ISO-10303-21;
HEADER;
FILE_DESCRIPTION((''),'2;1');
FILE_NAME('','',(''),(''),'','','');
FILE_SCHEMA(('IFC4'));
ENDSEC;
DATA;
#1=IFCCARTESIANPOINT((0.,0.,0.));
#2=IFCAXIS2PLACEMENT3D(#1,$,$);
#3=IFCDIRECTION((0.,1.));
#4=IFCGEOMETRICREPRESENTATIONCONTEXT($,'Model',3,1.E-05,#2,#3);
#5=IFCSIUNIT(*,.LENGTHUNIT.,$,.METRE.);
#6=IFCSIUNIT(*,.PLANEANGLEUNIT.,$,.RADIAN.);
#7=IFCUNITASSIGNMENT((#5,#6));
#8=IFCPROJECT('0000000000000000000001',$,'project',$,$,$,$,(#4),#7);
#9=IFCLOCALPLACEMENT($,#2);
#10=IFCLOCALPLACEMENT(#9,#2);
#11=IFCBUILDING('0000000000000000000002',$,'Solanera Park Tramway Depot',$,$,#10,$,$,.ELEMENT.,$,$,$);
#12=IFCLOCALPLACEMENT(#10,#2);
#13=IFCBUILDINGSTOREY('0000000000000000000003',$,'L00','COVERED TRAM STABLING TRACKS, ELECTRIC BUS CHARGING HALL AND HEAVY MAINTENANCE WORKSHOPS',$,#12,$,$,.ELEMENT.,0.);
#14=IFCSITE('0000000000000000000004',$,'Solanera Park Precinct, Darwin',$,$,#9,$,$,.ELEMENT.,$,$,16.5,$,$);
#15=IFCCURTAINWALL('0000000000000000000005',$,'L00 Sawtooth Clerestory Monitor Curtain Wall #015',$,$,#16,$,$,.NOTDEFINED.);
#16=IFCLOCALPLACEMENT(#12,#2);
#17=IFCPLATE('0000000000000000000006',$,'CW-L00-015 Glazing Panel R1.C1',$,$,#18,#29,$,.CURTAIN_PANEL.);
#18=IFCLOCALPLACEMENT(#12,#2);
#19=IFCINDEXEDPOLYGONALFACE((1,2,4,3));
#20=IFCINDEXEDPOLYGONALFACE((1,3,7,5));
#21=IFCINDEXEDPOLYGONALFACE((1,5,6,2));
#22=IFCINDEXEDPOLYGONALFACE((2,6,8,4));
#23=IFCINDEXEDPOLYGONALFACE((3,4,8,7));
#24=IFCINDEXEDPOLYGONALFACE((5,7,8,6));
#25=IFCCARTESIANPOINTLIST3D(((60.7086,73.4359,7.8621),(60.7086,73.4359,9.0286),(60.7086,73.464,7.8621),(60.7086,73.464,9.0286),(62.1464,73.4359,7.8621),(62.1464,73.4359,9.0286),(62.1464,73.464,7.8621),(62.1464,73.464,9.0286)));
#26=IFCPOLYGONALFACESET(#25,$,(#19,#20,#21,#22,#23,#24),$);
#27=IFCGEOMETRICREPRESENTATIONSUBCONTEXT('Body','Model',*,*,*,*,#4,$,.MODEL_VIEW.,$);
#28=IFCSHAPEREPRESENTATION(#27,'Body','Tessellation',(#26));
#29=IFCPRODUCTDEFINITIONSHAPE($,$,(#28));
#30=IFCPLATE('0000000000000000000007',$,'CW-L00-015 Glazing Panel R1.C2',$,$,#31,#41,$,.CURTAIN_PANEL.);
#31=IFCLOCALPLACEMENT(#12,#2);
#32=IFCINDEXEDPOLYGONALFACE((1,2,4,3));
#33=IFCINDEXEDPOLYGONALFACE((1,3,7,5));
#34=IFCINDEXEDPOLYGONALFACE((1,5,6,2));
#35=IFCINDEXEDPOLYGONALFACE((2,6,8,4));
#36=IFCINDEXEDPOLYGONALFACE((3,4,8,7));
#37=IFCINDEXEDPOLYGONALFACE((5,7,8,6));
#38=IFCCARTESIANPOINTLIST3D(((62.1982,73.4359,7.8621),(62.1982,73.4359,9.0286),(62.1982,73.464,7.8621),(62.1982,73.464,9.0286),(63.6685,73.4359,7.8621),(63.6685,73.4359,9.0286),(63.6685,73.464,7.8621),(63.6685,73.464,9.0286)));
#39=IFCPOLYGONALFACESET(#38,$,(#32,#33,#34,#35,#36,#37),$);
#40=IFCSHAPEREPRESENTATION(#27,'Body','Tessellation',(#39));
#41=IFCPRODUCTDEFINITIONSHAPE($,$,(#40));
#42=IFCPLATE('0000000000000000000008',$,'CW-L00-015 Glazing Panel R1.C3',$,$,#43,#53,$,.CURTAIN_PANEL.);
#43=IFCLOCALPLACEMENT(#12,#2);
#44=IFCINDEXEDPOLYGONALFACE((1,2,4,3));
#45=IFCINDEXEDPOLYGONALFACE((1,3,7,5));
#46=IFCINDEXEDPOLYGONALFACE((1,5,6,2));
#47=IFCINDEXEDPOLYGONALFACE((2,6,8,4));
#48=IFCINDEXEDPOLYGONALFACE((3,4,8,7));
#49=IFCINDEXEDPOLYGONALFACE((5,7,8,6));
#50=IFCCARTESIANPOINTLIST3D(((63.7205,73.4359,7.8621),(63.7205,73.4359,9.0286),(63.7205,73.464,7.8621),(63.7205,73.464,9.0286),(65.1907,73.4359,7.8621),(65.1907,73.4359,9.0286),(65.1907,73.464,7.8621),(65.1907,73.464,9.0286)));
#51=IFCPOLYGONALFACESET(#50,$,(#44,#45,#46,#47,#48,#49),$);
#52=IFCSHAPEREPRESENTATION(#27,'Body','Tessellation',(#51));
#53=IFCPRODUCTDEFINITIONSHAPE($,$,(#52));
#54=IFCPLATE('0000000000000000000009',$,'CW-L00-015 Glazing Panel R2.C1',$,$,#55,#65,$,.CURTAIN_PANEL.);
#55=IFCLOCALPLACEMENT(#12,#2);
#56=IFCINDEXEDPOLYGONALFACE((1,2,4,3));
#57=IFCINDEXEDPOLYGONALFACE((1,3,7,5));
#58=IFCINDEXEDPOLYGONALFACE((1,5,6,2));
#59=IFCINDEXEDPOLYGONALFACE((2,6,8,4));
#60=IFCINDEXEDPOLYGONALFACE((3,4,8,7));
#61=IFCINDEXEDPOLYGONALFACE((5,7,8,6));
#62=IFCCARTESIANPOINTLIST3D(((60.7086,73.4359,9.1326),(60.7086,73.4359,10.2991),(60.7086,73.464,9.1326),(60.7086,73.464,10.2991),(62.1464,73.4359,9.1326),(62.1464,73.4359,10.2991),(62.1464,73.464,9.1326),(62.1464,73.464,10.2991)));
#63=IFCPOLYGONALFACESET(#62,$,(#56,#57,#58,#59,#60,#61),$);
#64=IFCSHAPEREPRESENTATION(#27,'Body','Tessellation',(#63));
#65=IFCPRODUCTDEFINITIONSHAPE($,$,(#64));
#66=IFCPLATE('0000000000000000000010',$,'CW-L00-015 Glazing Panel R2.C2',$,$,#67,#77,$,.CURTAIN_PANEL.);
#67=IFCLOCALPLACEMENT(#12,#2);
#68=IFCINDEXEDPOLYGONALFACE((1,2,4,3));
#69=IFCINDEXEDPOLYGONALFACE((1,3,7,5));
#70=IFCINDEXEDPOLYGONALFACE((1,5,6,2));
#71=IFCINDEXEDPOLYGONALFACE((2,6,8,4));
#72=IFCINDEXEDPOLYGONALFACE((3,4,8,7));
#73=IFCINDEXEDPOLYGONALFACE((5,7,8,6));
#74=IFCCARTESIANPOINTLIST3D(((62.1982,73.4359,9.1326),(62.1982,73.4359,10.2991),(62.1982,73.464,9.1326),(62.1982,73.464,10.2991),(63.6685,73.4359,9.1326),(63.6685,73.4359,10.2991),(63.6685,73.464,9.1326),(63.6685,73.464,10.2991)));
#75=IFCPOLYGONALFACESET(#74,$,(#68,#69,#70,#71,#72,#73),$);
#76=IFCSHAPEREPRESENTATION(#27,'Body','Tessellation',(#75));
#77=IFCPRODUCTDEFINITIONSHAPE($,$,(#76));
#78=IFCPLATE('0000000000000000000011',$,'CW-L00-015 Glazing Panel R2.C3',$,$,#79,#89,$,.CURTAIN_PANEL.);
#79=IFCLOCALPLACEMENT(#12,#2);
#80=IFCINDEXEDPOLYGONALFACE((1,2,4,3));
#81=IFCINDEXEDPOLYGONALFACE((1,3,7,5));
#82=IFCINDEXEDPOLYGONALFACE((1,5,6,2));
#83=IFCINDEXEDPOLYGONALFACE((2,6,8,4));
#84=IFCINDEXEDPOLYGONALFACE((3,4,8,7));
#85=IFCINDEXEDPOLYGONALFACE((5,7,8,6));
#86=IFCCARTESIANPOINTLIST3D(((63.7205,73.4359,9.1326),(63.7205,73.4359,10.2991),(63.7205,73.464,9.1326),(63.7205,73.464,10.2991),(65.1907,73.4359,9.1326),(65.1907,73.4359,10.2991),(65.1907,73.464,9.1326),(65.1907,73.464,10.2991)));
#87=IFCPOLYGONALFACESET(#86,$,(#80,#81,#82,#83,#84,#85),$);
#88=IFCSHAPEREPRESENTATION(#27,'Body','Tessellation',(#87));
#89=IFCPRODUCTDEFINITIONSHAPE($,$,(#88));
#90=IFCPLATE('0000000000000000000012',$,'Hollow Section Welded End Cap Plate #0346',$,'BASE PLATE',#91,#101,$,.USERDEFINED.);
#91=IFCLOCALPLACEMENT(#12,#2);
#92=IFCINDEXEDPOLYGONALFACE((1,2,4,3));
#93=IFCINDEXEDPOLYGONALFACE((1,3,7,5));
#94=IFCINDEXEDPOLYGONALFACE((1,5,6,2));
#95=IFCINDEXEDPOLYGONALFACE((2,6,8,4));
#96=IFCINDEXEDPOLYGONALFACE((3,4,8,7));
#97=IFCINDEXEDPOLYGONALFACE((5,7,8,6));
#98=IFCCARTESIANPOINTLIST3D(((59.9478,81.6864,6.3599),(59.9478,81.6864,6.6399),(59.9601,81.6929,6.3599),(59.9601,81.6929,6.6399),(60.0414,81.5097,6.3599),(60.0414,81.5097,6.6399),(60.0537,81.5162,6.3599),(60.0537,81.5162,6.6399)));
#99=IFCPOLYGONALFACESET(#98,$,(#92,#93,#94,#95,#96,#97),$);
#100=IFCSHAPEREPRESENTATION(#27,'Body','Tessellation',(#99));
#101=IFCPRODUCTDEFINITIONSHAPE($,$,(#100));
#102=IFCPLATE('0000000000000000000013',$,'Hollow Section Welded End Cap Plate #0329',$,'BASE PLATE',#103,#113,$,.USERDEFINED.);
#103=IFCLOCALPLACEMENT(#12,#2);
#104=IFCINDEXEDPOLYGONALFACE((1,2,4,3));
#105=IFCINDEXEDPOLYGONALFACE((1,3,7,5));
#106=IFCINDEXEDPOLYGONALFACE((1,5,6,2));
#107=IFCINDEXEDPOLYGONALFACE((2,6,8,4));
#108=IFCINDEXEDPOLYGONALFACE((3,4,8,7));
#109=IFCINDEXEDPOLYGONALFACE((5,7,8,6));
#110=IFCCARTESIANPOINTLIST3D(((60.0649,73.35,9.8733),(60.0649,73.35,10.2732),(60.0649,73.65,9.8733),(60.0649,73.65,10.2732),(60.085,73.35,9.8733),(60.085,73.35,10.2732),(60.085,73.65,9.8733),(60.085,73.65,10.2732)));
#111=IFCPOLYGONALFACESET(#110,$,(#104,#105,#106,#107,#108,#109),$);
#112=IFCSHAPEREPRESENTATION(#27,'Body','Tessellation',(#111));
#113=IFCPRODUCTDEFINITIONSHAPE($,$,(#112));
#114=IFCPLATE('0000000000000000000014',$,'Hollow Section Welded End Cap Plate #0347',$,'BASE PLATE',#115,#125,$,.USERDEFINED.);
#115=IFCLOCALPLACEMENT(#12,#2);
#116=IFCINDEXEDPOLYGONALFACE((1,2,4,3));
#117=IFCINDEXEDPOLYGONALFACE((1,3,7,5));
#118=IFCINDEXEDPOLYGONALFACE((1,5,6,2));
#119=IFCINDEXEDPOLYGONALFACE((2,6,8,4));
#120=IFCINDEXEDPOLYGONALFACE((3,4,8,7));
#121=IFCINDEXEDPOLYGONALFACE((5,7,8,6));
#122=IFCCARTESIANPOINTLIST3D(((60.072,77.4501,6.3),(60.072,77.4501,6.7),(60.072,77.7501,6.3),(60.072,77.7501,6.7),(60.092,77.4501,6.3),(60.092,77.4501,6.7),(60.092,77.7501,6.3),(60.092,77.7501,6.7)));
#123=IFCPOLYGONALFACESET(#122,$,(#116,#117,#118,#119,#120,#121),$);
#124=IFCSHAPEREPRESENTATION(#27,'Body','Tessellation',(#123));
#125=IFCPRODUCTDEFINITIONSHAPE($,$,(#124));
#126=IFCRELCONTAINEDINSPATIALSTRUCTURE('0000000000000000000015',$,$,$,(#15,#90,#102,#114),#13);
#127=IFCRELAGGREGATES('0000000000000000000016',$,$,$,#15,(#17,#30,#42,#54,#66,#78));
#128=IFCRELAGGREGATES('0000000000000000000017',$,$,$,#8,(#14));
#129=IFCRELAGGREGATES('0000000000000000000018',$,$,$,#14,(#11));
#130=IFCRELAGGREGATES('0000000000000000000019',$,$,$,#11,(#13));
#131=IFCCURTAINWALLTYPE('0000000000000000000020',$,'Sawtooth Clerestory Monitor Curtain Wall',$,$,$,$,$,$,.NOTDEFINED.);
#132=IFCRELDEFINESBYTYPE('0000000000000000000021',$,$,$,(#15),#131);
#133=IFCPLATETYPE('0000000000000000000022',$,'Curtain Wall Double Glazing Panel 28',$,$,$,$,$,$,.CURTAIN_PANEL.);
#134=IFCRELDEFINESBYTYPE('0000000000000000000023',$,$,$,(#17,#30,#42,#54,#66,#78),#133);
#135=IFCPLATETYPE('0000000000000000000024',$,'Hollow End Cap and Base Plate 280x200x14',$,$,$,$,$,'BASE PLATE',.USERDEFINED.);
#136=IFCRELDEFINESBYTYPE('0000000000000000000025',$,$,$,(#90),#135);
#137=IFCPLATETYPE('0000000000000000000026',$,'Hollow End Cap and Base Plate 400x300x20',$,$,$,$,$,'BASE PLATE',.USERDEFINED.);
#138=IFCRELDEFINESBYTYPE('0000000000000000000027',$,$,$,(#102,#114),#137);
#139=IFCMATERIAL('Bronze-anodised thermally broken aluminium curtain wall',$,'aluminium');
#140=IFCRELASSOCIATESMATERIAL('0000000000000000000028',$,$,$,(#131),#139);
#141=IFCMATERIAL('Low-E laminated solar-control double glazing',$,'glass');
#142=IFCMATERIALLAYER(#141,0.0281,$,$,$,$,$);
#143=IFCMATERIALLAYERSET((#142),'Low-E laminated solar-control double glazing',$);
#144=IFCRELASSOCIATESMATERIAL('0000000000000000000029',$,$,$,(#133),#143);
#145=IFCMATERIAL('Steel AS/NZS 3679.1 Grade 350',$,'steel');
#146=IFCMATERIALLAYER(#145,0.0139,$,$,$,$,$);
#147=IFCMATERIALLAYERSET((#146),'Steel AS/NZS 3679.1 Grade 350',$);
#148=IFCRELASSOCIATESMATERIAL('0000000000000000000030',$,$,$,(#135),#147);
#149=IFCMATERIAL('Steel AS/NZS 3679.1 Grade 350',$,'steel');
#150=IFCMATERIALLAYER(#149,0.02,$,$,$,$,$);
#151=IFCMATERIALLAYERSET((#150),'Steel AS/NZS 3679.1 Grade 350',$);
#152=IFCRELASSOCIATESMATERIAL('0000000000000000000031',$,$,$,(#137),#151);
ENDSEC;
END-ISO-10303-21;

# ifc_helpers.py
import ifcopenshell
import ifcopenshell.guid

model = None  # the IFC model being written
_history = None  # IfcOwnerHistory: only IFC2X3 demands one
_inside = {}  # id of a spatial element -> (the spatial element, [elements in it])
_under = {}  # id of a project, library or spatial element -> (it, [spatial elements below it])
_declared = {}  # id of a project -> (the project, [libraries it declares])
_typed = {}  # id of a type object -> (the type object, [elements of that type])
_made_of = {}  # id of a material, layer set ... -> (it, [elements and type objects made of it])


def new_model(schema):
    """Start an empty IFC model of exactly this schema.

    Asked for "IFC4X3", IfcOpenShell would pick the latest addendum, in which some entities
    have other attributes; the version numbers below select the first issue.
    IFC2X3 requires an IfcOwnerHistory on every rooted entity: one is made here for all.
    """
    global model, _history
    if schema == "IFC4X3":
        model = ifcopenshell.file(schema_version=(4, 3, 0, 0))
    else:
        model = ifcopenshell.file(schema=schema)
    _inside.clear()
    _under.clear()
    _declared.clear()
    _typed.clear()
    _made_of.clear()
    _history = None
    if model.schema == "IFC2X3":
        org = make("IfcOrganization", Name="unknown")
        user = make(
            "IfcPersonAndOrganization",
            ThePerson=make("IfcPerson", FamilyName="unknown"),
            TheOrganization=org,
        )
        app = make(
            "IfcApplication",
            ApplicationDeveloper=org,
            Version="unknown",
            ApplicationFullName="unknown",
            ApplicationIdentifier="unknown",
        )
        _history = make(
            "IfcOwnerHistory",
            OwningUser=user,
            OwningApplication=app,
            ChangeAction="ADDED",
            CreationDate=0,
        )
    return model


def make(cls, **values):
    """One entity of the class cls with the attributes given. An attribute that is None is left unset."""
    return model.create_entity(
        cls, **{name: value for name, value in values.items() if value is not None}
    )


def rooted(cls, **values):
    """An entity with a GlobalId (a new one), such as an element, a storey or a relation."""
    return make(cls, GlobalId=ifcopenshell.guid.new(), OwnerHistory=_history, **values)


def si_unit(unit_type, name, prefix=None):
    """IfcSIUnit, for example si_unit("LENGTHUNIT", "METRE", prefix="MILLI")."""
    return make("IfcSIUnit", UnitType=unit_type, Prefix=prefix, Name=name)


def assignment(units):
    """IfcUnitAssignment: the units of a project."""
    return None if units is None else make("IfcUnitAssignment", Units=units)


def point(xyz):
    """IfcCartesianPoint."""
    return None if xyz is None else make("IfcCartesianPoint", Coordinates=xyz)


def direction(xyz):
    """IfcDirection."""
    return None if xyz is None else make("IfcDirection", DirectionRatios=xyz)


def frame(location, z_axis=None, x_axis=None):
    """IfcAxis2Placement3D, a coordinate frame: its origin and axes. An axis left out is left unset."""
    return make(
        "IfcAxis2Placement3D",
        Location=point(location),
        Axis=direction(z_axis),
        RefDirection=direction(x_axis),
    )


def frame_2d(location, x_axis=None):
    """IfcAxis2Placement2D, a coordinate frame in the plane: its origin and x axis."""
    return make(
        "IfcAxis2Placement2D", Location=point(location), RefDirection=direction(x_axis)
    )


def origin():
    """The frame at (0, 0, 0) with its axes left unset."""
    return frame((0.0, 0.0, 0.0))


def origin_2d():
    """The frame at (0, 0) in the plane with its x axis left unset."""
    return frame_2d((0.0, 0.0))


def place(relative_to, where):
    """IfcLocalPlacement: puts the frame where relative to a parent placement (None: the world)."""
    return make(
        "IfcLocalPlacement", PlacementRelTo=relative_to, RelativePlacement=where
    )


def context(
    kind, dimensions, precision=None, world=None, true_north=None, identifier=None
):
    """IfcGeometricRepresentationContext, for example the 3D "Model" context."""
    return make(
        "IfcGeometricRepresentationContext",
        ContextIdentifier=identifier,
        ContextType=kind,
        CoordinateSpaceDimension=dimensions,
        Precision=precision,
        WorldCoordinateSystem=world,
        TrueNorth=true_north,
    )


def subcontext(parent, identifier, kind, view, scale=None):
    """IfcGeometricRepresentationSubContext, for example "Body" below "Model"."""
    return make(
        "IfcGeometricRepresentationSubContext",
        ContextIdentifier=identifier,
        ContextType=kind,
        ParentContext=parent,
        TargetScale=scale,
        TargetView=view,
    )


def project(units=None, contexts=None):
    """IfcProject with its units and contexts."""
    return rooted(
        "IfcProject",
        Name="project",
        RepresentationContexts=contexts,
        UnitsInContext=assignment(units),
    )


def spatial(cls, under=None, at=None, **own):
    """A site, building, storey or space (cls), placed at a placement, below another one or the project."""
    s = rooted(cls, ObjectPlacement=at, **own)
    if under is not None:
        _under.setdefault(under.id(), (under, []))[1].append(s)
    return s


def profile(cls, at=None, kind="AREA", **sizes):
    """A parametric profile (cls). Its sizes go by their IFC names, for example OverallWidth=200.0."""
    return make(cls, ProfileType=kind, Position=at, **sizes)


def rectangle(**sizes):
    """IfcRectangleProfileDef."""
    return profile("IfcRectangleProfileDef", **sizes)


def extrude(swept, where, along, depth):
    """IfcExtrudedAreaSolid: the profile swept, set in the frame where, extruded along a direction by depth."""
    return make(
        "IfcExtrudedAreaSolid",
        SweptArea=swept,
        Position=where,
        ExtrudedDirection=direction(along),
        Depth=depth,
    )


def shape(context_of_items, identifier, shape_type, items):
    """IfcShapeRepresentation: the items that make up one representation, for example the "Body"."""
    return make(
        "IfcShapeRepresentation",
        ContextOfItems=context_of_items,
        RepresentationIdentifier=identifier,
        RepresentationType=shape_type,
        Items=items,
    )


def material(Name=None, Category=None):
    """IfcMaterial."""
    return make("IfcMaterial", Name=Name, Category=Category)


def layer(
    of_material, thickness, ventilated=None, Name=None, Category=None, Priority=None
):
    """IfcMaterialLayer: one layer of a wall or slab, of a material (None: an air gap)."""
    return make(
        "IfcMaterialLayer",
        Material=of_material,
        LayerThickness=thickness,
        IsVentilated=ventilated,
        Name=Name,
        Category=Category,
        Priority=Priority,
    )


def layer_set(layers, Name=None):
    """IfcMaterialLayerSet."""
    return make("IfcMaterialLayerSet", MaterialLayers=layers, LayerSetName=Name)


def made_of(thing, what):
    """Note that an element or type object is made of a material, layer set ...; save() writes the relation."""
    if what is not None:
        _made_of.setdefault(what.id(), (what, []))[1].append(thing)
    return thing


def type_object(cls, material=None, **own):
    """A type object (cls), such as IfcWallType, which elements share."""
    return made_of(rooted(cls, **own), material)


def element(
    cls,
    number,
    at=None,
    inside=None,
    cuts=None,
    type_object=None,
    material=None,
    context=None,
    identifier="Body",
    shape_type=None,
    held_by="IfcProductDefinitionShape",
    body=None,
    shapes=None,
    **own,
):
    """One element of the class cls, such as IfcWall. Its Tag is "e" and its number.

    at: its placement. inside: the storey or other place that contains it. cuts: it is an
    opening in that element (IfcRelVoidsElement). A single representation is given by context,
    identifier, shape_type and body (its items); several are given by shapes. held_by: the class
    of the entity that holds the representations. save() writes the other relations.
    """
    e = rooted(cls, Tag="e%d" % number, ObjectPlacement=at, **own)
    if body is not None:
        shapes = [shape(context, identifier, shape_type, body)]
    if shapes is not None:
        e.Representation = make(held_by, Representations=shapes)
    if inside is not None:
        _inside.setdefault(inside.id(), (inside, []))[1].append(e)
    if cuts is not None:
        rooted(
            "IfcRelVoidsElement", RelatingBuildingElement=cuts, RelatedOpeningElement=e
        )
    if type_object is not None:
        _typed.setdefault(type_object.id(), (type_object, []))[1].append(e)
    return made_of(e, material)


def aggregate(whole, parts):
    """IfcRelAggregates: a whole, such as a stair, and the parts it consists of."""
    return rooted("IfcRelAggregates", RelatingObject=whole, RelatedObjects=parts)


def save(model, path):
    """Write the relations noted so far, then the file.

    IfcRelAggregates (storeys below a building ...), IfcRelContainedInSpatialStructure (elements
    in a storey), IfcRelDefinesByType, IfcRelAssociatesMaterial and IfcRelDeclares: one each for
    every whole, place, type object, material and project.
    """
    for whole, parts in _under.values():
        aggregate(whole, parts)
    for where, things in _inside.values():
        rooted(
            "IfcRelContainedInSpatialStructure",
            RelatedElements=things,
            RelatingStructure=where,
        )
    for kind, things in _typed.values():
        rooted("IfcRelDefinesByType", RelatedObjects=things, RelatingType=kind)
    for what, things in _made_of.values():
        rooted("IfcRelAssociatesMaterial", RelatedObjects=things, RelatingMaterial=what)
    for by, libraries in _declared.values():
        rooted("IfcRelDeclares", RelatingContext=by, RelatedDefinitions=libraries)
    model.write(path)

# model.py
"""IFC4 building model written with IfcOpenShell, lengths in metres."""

from ifc_helpers import new_model, si_unit, direction, frame, origin, origin_2d, place, context, subcontext, project, spatial, rectangle, extrude, material, layer, layer_set, type_object, element, aggregate, save


model = new_model("IFC4")

# Units and contexts
model_context = context("Model", 3, precision=1e-05, world=origin(), true_north=direction((0.0, 1.0)))
body_context = subcontext(model_context, "Body", "Model", "MODEL_VIEW")
ifc_project = project(units=[si_unit("LENGTHUNIT", "METRE"), si_unit("PLANEANGLEUNIT", "RADIAN")], contexts=[model_context])

# Site, building, storey
site_placement = place(None, origin())
site = spatial("IfcSite", under=ifc_project, at=site_placement, Name="Solanera Park Precinct, Darwin", CompositionType="ELEMENT", RefElevation=16.5)
building_placement = place(site_placement, origin())
building = spatial("IfcBuilding", under=site, at=building_placement, Name="Solanera Park Tramway Depot", CompositionType="ELEMENT")
storey_placement = place(building_placement, origin())
storey = spatial("IfcBuildingStorey", under=building, at=storey_placement, Name="L00", Description="COVERED TRAM STABLING TRACKS, ELECTRIC BUS CHARGING HALL AND HEAVY MAINTENANCE WORKSHOPS", CompositionType="ELEMENT", Elevation=0.0)

# Curtain wall
ifc_material_1 = material(Name="Bronze-anodised thermally broken aluminium curtain wall", Category="aluminium")
curtain_wall_type = type_object("IfcCurtainWallType", Name="Sawtooth Clerestory Monitor Curtain Wall", PredefinedType="NOTDEFINED", material=ifc_material_1)
curtain_wall_1_placement = place(storey_placement, origin())
curtain_wall_1 = element("IfcCurtainWall", 1, at=curtain_wall_1_placement, inside=storey, type_object=curtain_wall_type, Name="L00 Sawtooth Clerestory Monitor Curtain Wall #015", PredefinedType="NOTDEFINED")

# Plates
ifc_material_2 = material(Name="Low-E laminated solar-control double glazing", Category="glass")
ifc_layer_1 = layer(ifc_material_2, 0.0281)
ifc_layer_set_1 = layer_set([ifc_layer_1], Name="Low-E laminated solar-control double glazing")
plate_type_1 = type_object("IfcPlateType", Name="Curtain Wall Double Glazing Panel 28", PredefinedType="CURTAIN_PANEL", material=ifc_layer_set_1)
plate_1_placement = place(storey_placement, frame((61.4275, 73.45, 7.8621), z_axis=(0.0, 0.0, 1.0), x_axis=(1.0, 0.0, 0.0)))
plate_1 = element("IfcPlate", 2, at=plate_1_placement, type_object=plate_type_1, Name="CW-L00-015 Glazing Panel R1.C1", PredefinedType="CURTAIN_PANEL", context=body_context, shape_type="SweptSolid", body=[
    extrude(rectangle(XDim=1.4377, YDim=0.0281, at=origin_2d()), origin(), (0.0, 0.0, 1.0), 1.1665),
])
plate_2_placement = place(storey_placement, frame((62.9333, 73.45, 7.8621), z_axis=(0.0, 0.0, 1.0), x_axis=(1.0, 0.0, 0.0)))
plate_2 = element("IfcPlate", 3, at=plate_2_placement, type_object=plate_type_1, Name="CW-L00-015 Glazing Panel R1.C2", PredefinedType="CURTAIN_PANEL", context=body_context, shape_type="SweptSolid", body=[
    extrude(rectangle(XDim=1.4702, YDim=0.0281, at=origin_2d()), origin(), (0.0, 0.0, 1.0), 1.1665),
])
plate_3_placement = place(storey_placement, frame((64.4556, 73.45, 7.8621), z_axis=(0.0, 0.0, 1.0), x_axis=(1.0, 0.0, 0.0)))
plate_3 = element("IfcPlate", 4, at=plate_3_placement, type_object=plate_type_1, Name="CW-L00-015 Glazing Panel R1.C3", PredefinedType="CURTAIN_PANEL", context=body_context, shape_type="SweptSolid", body=[
    extrude(rectangle(XDim=1.4702, YDim=0.0281, at=origin_2d()), origin(), (0.0, 0.0, 1.0), 1.1665),
])
plate_4_placement = place(storey_placement, frame((61.4275, 73.45, 9.1326), z_axis=(0.0, 0.0, 1.0), x_axis=(1.0, 0.0, 0.0)))
plate_4 = element("IfcPlate", 5, at=plate_4_placement, type_object=plate_type_1, Name="CW-L00-015 Glazing Panel R2.C1", PredefinedType="CURTAIN_PANEL", context=body_context, shape_type="SweptSolid", body=[
    extrude(rectangle(XDim=1.4377, YDim=0.0281, at=origin_2d()), origin(), (0.0, 0.0, 1.0), 1.1665),
])
plate_5_placement = place(storey_placement, frame((62.9333, 73.45, 9.1326), z_axis=(0.0, 0.0, 1.0), x_axis=(1.0, 0.0, 0.0)))
plate_5 = element("IfcPlate", 6, at=plate_5_placement, type_object=plate_type_1, Name="CW-L00-015 Glazing Panel R2.C2", PredefinedType="CURTAIN_PANEL", context=body_context, shape_type="SweptSolid", body=[
    extrude(rectangle(XDim=1.4702, YDim=0.0281, at=origin_2d()), origin(), (0.0, 0.0, 1.0), 1.1665),
])
plate_6_placement = place(storey_placement, frame((64.4556, 73.45, 9.1326), z_axis=(0.0, 0.0, 1.0), x_axis=(1.0, 0.0, 0.0)))
plate_6 = element("IfcPlate", 7, at=plate_6_placement, type_object=plate_type_1, Name="CW-L00-015 Glazing Panel R2.C3", PredefinedType="CURTAIN_PANEL", context=body_context, shape_type="SweptSolid", body=[
    extrude(rectangle(XDim=1.4702, YDim=0.0281, at=origin_2d()), origin(), (0.0, 0.0, 1.0), 1.1665),
])
aggregate(curtain_wall_1, [plate_1, plate_2, plate_3, plate_4, plate_5, plate_6])

# Plates
ifc_material_3 = material(Name="Steel AS/NZS 3679.1 Grade 350", Category="steel")
ifc_layer_2 = layer(ifc_material_3, 0.0139)
ifc_layer_set_2 = layer_set([ifc_layer_2], Name="Steel AS/NZS 3679.1 Grade 350")
plate_type_2 = type_object("IfcPlateType", Name="Hollow End Cap and Base Plate 280x200x14", ElementType="BASE PLATE", PredefinedType="USERDEFINED", material=ifc_layer_set_2)
plate_7_placement = place(storey_placement, frame((60.0007, 81.6013, 6.3599), z_axis=(0.0, 0.0, 1.0), x_axis=(0.883521, 0.468392, 0.0)))
element("IfcPlate", 8, at=plate_7_placement, inside=storey, type_object=plate_type_2, Name="Hollow Section Welded End Cap Plate #0346", ObjectType="BASE PLATE", PredefinedType="USERDEFINED", context=body_context, shape_type="SweptSolid", body=[
    extrude(rectangle(XDim=0.0139, YDim=0.2, at=origin_2d()), origin(), (0.0, 0.0, 1.0), 0.28),
])
ifc_material_4 = material(Name="Steel AS/NZS 3679.1 Grade 350", Category="steel")
ifc_layer_3 = layer(ifc_material_4, 0.02)
ifc_layer_set_3 = layer_set([ifc_layer_3], Name="Steel AS/NZS 3679.1 Grade 350")
plate_type_3 = type_object("IfcPlateType", Name="Hollow End Cap and Base Plate 400x300x20", ElementType="BASE PLATE", PredefinedType="USERDEFINED", material=ifc_layer_set_3)
for number, where, z_axis, x_axis, name in (
    (9, (60.075, 73.5, 9.8733), (0.0, 0.0, 1.0), (1.0, 0.0, 0.0), "Hollow Section Welded End Cap Plate #0329"),
    (10, (60.082, 77.6001, 6.3), (0.0, 0.0, 1.0), (1.0, 0.0, 0.0), "Hollow Section Welded End Cap Plate #0347"),
):
    element("IfcPlate", number, at=place(storey_placement, frame(where, z_axis=z_axis, x_axis=x_axis)), inside=storey, type_object=plate_type_3, Name=name, ObjectType="BASE PLATE", PredefinedType="USERDEFINED", context=body_context, shape_type="SweptSolid", body=[
        extrude(rectangle(XDim=0.02, YDim=0.3, at=origin_2d()), origin(), (0.0, 0.0, 1.0), 0.3999),
    ])

save(model, "model.ifc")
